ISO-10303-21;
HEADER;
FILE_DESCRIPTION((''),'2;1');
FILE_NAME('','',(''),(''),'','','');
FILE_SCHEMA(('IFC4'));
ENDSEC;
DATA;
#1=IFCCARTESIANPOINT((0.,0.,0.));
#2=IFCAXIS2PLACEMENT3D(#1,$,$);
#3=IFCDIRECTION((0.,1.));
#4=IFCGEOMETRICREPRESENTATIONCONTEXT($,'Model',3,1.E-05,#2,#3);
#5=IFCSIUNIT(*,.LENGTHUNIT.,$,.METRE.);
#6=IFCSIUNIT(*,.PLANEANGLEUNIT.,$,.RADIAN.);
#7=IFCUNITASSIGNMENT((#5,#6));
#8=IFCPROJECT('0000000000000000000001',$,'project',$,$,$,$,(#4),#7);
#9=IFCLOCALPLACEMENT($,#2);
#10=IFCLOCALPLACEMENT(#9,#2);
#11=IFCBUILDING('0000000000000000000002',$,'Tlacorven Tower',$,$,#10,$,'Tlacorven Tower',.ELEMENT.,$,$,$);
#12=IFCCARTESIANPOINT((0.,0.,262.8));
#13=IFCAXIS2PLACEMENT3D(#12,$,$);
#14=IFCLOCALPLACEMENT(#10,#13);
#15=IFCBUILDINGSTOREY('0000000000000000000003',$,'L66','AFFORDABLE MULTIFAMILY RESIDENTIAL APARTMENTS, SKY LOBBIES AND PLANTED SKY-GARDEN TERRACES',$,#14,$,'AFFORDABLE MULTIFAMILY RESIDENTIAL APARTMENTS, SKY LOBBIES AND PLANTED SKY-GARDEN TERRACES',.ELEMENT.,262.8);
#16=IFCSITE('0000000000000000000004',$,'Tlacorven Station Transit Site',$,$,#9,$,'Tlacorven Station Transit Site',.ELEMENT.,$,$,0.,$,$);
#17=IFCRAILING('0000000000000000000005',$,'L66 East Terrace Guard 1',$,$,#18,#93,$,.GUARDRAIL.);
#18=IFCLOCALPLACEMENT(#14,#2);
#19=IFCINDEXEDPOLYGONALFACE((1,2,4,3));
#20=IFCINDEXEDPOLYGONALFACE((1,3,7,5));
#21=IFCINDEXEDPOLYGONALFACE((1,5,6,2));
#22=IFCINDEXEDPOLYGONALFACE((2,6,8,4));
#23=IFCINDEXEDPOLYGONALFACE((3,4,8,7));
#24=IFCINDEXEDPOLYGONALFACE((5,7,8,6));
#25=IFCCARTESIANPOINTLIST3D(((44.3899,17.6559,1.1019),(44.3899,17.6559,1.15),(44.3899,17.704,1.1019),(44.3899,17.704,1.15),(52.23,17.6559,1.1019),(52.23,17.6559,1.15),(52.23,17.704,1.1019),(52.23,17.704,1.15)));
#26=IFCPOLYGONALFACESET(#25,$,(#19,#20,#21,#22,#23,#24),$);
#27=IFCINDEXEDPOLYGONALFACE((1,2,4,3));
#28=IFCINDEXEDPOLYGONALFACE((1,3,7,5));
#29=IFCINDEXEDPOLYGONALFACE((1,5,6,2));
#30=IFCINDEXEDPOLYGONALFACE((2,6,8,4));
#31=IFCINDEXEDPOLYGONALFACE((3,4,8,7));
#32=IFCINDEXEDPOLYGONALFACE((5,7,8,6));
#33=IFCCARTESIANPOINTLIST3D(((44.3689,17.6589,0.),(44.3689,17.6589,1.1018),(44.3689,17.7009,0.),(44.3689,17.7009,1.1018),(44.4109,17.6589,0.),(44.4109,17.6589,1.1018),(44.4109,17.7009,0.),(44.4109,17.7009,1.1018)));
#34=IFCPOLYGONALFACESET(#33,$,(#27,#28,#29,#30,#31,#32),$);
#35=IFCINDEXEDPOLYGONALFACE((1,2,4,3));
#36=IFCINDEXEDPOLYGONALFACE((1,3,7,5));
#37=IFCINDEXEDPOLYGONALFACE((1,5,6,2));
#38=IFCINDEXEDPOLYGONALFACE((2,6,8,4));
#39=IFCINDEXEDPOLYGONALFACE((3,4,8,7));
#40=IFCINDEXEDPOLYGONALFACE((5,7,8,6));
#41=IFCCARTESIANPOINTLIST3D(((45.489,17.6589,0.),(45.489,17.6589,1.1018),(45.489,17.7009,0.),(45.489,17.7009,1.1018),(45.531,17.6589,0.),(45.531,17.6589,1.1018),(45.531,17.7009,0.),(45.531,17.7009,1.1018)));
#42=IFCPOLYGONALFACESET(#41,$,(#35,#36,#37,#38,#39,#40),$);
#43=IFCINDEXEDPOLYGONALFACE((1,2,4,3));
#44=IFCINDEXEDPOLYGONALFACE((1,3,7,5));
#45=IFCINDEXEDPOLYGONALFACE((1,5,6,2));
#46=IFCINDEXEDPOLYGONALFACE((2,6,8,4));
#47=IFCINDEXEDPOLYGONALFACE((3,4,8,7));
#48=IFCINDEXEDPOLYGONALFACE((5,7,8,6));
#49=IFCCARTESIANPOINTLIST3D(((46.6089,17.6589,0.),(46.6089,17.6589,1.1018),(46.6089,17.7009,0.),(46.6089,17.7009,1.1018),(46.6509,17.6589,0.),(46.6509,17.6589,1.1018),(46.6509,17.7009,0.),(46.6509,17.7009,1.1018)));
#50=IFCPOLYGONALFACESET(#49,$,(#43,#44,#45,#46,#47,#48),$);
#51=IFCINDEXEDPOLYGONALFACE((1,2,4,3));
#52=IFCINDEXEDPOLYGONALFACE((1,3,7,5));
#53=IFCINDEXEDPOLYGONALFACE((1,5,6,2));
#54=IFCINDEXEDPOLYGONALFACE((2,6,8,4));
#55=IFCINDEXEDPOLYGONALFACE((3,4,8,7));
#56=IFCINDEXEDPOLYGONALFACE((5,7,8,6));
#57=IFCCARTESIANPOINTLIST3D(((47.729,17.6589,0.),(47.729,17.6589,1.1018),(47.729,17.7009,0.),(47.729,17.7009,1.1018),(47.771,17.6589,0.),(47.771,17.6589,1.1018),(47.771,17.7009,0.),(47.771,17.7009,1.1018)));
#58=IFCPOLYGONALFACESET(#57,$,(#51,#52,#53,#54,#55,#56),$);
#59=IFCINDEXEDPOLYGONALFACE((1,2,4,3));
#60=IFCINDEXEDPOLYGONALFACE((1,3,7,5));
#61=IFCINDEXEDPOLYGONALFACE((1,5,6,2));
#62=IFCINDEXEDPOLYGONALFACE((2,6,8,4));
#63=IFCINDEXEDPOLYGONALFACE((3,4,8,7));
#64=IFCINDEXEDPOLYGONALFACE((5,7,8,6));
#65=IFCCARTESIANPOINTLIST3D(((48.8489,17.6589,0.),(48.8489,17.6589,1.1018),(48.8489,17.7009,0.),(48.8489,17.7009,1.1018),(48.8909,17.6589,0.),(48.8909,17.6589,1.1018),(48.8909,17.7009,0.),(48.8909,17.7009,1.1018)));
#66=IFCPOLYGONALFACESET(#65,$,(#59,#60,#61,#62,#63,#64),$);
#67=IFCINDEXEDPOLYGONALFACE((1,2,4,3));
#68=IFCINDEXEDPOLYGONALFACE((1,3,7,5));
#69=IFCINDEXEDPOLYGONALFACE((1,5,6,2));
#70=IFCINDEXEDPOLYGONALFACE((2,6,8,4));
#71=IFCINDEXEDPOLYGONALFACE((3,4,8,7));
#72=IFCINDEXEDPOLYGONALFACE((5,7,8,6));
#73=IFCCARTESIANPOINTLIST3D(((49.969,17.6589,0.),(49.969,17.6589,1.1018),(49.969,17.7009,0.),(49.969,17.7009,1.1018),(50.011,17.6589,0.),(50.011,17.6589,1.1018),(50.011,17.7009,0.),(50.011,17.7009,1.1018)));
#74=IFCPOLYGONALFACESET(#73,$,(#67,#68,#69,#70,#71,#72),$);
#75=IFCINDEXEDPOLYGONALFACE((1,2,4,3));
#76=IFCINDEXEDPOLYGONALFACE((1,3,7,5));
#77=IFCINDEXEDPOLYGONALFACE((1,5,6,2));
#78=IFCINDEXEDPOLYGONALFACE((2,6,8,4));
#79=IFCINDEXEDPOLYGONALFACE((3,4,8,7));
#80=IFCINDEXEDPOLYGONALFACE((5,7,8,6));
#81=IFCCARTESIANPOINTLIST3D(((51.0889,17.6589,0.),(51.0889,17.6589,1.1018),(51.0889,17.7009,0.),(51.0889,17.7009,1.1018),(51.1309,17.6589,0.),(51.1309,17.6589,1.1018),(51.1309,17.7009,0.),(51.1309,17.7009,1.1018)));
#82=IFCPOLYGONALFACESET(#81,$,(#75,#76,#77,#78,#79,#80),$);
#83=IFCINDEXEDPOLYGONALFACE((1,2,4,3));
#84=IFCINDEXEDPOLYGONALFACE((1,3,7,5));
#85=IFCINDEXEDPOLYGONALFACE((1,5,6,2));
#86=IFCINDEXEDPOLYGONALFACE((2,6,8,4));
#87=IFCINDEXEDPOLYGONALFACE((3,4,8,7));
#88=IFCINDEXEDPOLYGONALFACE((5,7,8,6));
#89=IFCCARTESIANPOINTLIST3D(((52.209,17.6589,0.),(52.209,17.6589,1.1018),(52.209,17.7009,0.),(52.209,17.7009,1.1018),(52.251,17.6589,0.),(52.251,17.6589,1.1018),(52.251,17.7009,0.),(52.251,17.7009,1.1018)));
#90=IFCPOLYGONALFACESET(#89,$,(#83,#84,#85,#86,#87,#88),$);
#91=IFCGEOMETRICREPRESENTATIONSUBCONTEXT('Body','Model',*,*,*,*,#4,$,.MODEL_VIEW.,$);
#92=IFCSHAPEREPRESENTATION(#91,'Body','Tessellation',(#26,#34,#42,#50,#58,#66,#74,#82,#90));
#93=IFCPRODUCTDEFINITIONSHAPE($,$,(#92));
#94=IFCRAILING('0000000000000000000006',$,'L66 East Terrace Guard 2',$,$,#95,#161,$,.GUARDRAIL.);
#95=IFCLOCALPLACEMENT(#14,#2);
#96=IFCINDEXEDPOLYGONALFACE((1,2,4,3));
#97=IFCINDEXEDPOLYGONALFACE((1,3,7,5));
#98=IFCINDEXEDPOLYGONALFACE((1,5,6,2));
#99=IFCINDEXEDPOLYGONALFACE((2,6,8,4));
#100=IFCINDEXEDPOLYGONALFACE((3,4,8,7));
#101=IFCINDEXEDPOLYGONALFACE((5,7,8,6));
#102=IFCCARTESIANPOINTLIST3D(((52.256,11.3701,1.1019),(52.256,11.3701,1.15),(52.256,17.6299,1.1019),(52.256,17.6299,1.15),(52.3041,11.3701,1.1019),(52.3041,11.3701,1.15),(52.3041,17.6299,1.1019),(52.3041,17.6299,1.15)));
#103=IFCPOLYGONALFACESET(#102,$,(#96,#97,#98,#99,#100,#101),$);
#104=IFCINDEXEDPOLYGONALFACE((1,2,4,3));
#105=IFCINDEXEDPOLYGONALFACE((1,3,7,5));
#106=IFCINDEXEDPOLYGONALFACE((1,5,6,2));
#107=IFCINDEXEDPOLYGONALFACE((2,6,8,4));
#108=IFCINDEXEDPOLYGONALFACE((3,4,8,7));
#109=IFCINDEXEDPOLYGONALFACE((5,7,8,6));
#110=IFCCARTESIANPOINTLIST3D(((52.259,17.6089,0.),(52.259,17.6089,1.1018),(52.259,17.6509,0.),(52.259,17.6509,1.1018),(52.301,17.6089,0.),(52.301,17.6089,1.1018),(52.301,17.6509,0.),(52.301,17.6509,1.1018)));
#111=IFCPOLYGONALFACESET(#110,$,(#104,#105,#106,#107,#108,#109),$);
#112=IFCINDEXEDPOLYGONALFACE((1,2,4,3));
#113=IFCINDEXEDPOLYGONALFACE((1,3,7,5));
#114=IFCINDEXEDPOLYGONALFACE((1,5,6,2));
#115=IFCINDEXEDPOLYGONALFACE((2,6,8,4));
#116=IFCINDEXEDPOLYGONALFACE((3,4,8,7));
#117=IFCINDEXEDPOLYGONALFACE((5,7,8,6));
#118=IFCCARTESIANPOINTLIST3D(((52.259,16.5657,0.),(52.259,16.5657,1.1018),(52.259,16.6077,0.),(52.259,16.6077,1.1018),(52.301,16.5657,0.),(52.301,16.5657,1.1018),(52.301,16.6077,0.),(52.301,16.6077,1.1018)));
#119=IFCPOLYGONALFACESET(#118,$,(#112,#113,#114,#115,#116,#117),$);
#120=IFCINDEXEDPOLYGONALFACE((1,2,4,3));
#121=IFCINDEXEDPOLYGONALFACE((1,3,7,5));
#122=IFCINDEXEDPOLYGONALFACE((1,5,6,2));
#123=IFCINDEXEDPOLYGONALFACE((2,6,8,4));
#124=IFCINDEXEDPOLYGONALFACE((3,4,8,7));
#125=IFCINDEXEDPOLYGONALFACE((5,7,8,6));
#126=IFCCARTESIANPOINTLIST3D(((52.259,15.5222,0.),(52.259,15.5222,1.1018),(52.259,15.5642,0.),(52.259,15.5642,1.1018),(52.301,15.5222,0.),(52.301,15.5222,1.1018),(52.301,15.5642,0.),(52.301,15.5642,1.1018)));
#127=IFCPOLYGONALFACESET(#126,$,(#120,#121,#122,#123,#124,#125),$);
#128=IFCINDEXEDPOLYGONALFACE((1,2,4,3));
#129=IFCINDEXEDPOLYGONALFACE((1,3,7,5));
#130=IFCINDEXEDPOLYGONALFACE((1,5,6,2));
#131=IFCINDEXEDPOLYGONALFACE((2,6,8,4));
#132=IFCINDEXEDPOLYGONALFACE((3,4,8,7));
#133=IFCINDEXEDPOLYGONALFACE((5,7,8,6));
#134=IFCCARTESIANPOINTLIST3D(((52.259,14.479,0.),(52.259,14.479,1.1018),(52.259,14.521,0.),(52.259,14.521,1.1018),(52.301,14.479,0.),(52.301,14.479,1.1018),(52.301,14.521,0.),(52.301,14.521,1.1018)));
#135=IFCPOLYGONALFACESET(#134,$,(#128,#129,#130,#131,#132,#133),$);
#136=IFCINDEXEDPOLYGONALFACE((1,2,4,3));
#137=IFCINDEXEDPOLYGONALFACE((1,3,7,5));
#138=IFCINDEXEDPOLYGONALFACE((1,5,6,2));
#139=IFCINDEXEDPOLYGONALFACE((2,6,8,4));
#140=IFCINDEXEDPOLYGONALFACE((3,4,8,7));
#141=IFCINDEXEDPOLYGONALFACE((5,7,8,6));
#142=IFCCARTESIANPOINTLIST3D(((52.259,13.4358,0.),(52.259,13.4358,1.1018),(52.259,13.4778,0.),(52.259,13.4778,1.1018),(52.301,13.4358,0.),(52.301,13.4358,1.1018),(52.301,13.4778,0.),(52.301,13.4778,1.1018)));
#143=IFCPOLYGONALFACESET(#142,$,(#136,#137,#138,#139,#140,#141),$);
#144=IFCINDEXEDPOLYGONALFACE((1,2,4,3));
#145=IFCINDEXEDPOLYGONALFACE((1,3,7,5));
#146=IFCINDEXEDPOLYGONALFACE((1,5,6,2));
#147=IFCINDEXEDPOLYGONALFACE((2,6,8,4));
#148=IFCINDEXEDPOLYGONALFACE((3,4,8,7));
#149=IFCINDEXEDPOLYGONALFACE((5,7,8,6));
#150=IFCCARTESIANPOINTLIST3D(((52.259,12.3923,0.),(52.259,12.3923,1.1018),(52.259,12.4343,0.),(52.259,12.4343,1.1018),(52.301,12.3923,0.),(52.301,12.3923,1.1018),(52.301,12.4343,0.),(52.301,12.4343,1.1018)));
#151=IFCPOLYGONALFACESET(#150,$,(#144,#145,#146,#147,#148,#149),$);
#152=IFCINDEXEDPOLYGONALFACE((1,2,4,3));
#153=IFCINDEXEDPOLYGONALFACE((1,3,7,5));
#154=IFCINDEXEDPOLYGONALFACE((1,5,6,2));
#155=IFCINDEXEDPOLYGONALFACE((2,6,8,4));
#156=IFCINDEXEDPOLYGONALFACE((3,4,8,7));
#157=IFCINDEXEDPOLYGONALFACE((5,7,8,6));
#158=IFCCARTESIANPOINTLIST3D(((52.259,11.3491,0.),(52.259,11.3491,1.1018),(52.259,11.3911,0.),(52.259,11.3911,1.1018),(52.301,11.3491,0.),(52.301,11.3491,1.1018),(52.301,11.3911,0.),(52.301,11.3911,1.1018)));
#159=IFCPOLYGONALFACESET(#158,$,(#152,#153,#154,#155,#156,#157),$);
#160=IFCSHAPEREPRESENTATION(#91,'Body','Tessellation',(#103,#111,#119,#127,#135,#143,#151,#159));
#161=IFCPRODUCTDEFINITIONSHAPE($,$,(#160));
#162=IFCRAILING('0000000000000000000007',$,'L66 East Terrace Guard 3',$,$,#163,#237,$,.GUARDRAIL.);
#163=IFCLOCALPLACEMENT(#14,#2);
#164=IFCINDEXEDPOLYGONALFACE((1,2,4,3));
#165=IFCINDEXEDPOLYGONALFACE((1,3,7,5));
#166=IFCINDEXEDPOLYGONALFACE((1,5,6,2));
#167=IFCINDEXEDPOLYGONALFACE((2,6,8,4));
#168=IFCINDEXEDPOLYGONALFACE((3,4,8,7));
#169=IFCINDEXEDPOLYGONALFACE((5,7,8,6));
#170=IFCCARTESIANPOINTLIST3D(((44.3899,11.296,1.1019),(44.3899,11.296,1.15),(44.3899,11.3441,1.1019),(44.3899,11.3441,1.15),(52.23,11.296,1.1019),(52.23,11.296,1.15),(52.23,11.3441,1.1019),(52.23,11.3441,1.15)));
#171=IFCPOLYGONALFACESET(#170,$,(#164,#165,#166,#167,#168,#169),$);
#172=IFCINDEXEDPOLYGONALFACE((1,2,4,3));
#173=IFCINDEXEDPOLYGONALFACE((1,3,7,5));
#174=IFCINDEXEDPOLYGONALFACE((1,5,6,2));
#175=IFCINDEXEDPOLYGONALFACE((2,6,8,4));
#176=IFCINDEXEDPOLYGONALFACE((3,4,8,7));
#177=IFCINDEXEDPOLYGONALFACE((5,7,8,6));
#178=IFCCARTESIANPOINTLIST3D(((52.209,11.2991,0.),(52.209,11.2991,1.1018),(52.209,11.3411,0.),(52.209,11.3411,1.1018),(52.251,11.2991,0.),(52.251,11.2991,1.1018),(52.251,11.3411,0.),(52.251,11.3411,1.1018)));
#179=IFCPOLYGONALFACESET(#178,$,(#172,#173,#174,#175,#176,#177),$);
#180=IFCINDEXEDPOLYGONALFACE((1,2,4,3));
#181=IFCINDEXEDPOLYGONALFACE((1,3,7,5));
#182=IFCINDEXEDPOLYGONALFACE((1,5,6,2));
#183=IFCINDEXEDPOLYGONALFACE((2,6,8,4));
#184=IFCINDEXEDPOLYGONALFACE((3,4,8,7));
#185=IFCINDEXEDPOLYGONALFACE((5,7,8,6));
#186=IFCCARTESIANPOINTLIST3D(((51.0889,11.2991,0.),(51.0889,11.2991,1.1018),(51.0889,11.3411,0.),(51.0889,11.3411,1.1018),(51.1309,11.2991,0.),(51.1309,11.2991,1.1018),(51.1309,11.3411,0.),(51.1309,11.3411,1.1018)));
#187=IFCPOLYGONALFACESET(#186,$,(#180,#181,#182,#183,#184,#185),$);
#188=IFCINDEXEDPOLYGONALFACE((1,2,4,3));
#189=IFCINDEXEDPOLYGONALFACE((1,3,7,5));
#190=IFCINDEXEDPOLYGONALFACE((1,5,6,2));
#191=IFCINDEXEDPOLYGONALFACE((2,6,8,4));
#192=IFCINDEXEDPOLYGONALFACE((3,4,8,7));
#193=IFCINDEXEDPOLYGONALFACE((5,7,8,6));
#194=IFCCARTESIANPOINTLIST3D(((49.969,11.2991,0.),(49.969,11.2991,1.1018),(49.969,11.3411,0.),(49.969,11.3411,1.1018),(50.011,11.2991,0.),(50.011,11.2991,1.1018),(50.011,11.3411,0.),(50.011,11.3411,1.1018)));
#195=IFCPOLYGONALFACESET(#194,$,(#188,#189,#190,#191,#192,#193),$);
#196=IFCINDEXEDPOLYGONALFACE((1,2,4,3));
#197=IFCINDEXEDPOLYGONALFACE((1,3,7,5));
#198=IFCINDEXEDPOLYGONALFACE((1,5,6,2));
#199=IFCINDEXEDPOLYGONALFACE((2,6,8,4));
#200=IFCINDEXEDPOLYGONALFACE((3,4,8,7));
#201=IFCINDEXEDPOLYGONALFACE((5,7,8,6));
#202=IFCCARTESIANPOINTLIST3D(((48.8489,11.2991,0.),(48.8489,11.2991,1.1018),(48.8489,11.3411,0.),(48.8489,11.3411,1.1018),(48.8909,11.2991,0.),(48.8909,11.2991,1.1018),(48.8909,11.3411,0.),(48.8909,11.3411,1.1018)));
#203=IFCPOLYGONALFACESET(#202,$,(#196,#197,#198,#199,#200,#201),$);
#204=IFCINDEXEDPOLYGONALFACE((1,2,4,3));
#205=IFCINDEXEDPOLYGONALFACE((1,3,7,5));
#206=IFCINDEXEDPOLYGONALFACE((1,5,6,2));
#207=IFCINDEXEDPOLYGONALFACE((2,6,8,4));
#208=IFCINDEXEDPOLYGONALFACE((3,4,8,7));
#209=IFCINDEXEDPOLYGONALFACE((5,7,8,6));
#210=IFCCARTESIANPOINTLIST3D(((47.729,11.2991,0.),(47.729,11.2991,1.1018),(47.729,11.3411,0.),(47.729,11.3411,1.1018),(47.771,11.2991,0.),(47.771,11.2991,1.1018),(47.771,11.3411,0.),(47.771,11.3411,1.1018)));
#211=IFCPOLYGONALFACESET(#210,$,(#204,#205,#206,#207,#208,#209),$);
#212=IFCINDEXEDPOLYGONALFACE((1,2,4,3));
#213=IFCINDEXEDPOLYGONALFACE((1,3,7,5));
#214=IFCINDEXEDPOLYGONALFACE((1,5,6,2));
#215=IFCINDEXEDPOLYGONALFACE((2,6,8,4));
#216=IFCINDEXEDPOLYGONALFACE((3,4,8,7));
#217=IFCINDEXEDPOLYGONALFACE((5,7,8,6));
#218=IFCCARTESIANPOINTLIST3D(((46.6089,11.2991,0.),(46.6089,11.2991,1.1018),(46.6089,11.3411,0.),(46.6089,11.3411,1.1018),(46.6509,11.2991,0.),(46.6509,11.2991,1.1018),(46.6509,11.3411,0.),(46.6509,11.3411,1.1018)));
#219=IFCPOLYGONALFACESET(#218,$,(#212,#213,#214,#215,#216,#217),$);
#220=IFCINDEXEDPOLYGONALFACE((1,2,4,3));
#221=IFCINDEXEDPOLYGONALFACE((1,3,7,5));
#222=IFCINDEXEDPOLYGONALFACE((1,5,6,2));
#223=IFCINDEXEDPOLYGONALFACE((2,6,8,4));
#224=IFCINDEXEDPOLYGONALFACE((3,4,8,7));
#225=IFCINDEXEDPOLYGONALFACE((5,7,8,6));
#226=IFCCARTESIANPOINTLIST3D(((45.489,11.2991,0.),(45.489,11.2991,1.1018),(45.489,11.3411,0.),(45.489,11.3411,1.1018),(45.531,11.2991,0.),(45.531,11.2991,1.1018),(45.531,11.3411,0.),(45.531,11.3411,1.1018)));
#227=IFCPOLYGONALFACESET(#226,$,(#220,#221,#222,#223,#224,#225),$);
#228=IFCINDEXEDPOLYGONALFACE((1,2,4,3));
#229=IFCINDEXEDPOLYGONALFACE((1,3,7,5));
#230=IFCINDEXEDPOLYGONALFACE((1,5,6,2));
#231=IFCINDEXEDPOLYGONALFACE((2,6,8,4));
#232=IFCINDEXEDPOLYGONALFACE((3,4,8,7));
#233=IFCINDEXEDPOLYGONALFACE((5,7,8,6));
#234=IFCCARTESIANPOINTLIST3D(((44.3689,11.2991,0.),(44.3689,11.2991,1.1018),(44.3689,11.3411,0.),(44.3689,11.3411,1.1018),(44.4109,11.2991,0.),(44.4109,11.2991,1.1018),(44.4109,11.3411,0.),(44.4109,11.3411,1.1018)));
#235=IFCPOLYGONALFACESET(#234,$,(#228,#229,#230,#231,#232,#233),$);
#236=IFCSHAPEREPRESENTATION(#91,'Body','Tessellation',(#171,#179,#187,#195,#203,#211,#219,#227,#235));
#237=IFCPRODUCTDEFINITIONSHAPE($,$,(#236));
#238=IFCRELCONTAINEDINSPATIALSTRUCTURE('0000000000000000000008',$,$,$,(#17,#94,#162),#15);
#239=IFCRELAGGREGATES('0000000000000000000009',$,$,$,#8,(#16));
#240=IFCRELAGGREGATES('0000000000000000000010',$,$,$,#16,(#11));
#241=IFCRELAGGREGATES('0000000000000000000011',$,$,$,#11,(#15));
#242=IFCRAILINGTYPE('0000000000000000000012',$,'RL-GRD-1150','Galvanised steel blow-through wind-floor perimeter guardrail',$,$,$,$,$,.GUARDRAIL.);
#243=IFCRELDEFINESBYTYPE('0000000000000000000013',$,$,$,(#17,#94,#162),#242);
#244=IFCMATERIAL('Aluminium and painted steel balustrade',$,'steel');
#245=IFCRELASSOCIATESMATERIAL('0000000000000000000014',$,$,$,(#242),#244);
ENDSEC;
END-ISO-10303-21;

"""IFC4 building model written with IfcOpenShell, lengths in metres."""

from ifc_helpers import new_model, si_unit, direction, frame, origin, origin_2d, place, context, subcontext, project, spatial, rectangle, extrude, source, transform, mapped, material, type_object, element, save


model = new_model("IFC4")

# Units and contexts
model_context = context("Model", 3, precision=1e-05, world=origin(), true_north=direction((0.0, 1.0)))
body_context = subcontext(model_context, "Body", "Model", "MODEL_VIEW")
ifc_project = project(units=[si_unit("LENGTHUNIT", "METRE"), si_unit("PLANEANGLEUNIT", "RADIAN")], contexts=[model_context])

# Site, building, storey
site_placement = place(None, origin())
site = spatial("IfcSite", under=ifc_project, at=site_placement, Name="Tlacorven Station Transit Site", LongName="Tlacorven Station Transit Site", CompositionType="ELEMENT", RefElevation=0.0)
building_placement = place(site_placement, origin())
building = spatial("IfcBuilding", under=site, at=building_placement, Name="Tlacorven Tower", LongName="Tlacorven Tower", CompositionType="ELEMENT")
storey_placement = place(building_placement, frame((0.0, 0.0, 262.8)))
storey = spatial("IfcBuildingStorey", under=building, at=storey_placement, Name="L66", Description="AFFORDABLE MULTIFAMILY RESIDENTIAL APARTMENTS, SKY LOBBIES AND PLANTED SKY-GARDEN TERRACES", LongName="AFFORDABLE MULTIFAMILY RESIDENTIAL APARTMENTS, SKY LOBBIES AND PLANTED SKY-GARDEN TERRACES", CompositionType="ELEMENT", Elevation=262.8)

# Railings
ifc_material_1 = material(Name="Aluminium and painted steel balustrade", Category="steel")
railing_type = type_object("IfcRailingType", Name="RL-GRD-1150", Description="Galvanised steel blow-through wind-floor perimeter guardrail", PredefinedType="GUARDRAIL", material=ifc_material_1)
shared_shape_1 = source(origin(), body_context, "Body", "SweptSolid", [
    extrude(rectangle(XDim=0.0481, YDim=0.0481, at=origin_2d()), frame((0.0, 0.0, 1.126), z_axis=(1.0, 0.0, 0.0), x_axis=(0.0, 1.0, 0.0)), (0.0, 0.0, 1.0), 7.8401),
    extrude(rectangle(XDim=0.042, YDim=0.042, at=origin_2d()), origin(), (0.0, 0.0, 1.0), 1.1018),
    extrude(rectangle(XDim=0.042, YDim=0.042, at=origin_2d()), frame((1.1201, 0.0, 0.0)), (0.0, 0.0, 1.0), 1.1018),
    extrude(rectangle(XDim=0.042, YDim=0.042, at=origin_2d()), frame((2.24, 0.0, 0.0)), (0.0, 0.0, 1.0), 1.1018),
    extrude(rectangle(XDim=0.042, YDim=0.042, at=origin_2d()), frame((3.3601, 0.0, 0.0)), (0.0, 0.0, 1.0), 1.1018),
    extrude(rectangle(XDim=0.042, YDim=0.042, at=origin_2d()), frame((4.48, 0.0, 0.0)), (0.0, 0.0, 1.0), 1.1018),
    extrude(rectangle(XDim=0.042, YDim=0.042, at=origin_2d()), frame((5.6001, 0.0, 0.0)), (0.0, 0.0, 1.0), 1.1018),
    extrude(rectangle(XDim=0.042, YDim=0.042, at=origin_2d()), frame((6.72, 0.0, 0.0)), (0.0, 0.0, 1.0), 1.1018),
    extrude(rectangle(XDim=0.042, YDim=0.042, at=origin_2d()), frame((7.8401, 0.0, 0.0)), (0.0, 0.0, 1.0), 1.1018),
])
railing_1_placement = place(storey_placement, frame((44.3899, 17.6799, 0.0)))
element("IfcRailing", 1, at=railing_1_placement, inside=storey, type_object=railing_type, Name="L66 East Terrace Guard 1", PredefinedType="GUARDRAIL", context=body_context, shape_type="MappedRepresentation", body=[
    mapped(shared_shape_1, transform((0.0, 0.0, 0.0), scale=1.0)),
])
shared_shape_2 = source(origin(), body_context, "Body", "SweptSolid", [
    extrude(rectangle(XDim=0.0481, YDim=0.0481, at=origin_2d()), frame((0.0, 0.0, 1.126), z_axis=(0.0, -1.0, 0.0), x_axis=(1.0, 0.0, 0.0)), (0.0, 0.0, 1.0), 6.2598),
    extrude(rectangle(XDim=0.042, YDim=0.042, at=origin_2d()), origin(), (0.0, 0.0, 1.0), 1.1018),
    extrude(rectangle(XDim=0.042, YDim=0.042, at=origin_2d()), frame((0.0, -1.0432, 0.0)), (0.0, 0.0, 1.0), 1.1018),
    extrude(rectangle(XDim=0.042, YDim=0.042, at=origin_2d()), frame((0.0, -2.0867, 0.0)), (0.0, 0.0, 1.0), 1.1018),
    extrude(rectangle(XDim=0.042, YDim=0.042, at=origin_2d()), frame((0.0, -3.1299, 0.0)), (0.0, 0.0, 1.0), 1.1018),
    extrude(rectangle(XDim=0.042, YDim=0.042, at=origin_2d()), frame((0.0, -4.1731, 0.0)), (0.0, 0.0, 1.0), 1.1018),
    extrude(rectangle(XDim=0.042, YDim=0.042, at=origin_2d()), frame((0.0, -5.2166, 0.0)), (0.0, 0.0, 1.0), 1.1018),
    extrude(rectangle(XDim=0.042, YDim=0.042, at=origin_2d()), frame((0.0, -6.2598, 0.0)), (0.0, 0.0, 1.0), 1.1018),
])
railing_2_placement = place(storey_placement, frame((52.28, 17.6299, 0.0)))
element("IfcRailing", 2, at=railing_2_placement, inside=storey, type_object=railing_type, Name="L66 East Terrace Guard 2", PredefinedType="GUARDRAIL", context=body_context, shape_type="MappedRepresentation", body=[
    mapped(shared_shape_2, transform((0.0, 0.0, 0.0), scale=1.0)),
])
shared_shape_3 = source(origin(), body_context, "Body", "SweptSolid", [
    extrude(rectangle(XDim=0.0481, YDim=0.0481, at=origin_2d()), frame((0.0, 0.0, 1.126), z_axis=(-1.0, 0.0, 0.0), x_axis=(0.0, -1.0, 0.0)), (0.0, 0.0, 1.0), 7.8401),
    extrude(rectangle(XDim=0.042, YDim=0.042, at=origin_2d()), origin(), (0.0, 0.0, 1.0), 1.1018),
    extrude(rectangle(XDim=0.042, YDim=0.042, at=origin_2d()), frame((-1.1201, 0.0, 0.0)), (0.0, 0.0, 1.0), 1.1018),
    extrude(rectangle(XDim=0.042, YDim=0.042, at=origin_2d()), frame((-2.24, 0.0, 0.0)), (0.0, 0.0, 1.0), 1.1018),
    extrude(rectangle(XDim=0.042, YDim=0.042, at=origin_2d()), frame((-3.3601, 0.0, 0.0)), (0.0, 0.0, 1.0), 1.1018),
    extrude(rectangle(XDim=0.042, YDim=0.042, at=origin_2d()), frame((-4.48, 0.0, 0.0)), (0.0, 0.0, 1.0), 1.1018),
    extrude(rectangle(XDim=0.042, YDim=0.042, at=origin_2d()), frame((-5.6001, 0.0, 0.0)), (0.0, 0.0, 1.0), 1.1018),
    extrude(rectangle(XDim=0.042, YDim=0.042, at=origin_2d()), frame((-6.72, 0.0, 0.0)), (0.0, 0.0, 1.0), 1.1018),
    extrude(rectangle(XDim=0.042, YDim=0.042, at=origin_2d()), frame((-7.8401, 0.0, 0.0)), (0.0, 0.0, 1.0), 1.1018),
])
railing_3_placement = place(storey_placement, frame((52.23, 11.3201, 0.0)))
element("IfcRailing", 3, at=railing_3_placement, inside=storey, type_object=railing_type, Name="L66 East Terrace Guard 3", PredefinedType="GUARDRAIL", context=body_context, shape_type="MappedRepresentation", body=[
    mapped(shared_shape_3, transform((0.0, 0.0, 0.0), scale=1.0)),
])

save(model, "model.ifc")
